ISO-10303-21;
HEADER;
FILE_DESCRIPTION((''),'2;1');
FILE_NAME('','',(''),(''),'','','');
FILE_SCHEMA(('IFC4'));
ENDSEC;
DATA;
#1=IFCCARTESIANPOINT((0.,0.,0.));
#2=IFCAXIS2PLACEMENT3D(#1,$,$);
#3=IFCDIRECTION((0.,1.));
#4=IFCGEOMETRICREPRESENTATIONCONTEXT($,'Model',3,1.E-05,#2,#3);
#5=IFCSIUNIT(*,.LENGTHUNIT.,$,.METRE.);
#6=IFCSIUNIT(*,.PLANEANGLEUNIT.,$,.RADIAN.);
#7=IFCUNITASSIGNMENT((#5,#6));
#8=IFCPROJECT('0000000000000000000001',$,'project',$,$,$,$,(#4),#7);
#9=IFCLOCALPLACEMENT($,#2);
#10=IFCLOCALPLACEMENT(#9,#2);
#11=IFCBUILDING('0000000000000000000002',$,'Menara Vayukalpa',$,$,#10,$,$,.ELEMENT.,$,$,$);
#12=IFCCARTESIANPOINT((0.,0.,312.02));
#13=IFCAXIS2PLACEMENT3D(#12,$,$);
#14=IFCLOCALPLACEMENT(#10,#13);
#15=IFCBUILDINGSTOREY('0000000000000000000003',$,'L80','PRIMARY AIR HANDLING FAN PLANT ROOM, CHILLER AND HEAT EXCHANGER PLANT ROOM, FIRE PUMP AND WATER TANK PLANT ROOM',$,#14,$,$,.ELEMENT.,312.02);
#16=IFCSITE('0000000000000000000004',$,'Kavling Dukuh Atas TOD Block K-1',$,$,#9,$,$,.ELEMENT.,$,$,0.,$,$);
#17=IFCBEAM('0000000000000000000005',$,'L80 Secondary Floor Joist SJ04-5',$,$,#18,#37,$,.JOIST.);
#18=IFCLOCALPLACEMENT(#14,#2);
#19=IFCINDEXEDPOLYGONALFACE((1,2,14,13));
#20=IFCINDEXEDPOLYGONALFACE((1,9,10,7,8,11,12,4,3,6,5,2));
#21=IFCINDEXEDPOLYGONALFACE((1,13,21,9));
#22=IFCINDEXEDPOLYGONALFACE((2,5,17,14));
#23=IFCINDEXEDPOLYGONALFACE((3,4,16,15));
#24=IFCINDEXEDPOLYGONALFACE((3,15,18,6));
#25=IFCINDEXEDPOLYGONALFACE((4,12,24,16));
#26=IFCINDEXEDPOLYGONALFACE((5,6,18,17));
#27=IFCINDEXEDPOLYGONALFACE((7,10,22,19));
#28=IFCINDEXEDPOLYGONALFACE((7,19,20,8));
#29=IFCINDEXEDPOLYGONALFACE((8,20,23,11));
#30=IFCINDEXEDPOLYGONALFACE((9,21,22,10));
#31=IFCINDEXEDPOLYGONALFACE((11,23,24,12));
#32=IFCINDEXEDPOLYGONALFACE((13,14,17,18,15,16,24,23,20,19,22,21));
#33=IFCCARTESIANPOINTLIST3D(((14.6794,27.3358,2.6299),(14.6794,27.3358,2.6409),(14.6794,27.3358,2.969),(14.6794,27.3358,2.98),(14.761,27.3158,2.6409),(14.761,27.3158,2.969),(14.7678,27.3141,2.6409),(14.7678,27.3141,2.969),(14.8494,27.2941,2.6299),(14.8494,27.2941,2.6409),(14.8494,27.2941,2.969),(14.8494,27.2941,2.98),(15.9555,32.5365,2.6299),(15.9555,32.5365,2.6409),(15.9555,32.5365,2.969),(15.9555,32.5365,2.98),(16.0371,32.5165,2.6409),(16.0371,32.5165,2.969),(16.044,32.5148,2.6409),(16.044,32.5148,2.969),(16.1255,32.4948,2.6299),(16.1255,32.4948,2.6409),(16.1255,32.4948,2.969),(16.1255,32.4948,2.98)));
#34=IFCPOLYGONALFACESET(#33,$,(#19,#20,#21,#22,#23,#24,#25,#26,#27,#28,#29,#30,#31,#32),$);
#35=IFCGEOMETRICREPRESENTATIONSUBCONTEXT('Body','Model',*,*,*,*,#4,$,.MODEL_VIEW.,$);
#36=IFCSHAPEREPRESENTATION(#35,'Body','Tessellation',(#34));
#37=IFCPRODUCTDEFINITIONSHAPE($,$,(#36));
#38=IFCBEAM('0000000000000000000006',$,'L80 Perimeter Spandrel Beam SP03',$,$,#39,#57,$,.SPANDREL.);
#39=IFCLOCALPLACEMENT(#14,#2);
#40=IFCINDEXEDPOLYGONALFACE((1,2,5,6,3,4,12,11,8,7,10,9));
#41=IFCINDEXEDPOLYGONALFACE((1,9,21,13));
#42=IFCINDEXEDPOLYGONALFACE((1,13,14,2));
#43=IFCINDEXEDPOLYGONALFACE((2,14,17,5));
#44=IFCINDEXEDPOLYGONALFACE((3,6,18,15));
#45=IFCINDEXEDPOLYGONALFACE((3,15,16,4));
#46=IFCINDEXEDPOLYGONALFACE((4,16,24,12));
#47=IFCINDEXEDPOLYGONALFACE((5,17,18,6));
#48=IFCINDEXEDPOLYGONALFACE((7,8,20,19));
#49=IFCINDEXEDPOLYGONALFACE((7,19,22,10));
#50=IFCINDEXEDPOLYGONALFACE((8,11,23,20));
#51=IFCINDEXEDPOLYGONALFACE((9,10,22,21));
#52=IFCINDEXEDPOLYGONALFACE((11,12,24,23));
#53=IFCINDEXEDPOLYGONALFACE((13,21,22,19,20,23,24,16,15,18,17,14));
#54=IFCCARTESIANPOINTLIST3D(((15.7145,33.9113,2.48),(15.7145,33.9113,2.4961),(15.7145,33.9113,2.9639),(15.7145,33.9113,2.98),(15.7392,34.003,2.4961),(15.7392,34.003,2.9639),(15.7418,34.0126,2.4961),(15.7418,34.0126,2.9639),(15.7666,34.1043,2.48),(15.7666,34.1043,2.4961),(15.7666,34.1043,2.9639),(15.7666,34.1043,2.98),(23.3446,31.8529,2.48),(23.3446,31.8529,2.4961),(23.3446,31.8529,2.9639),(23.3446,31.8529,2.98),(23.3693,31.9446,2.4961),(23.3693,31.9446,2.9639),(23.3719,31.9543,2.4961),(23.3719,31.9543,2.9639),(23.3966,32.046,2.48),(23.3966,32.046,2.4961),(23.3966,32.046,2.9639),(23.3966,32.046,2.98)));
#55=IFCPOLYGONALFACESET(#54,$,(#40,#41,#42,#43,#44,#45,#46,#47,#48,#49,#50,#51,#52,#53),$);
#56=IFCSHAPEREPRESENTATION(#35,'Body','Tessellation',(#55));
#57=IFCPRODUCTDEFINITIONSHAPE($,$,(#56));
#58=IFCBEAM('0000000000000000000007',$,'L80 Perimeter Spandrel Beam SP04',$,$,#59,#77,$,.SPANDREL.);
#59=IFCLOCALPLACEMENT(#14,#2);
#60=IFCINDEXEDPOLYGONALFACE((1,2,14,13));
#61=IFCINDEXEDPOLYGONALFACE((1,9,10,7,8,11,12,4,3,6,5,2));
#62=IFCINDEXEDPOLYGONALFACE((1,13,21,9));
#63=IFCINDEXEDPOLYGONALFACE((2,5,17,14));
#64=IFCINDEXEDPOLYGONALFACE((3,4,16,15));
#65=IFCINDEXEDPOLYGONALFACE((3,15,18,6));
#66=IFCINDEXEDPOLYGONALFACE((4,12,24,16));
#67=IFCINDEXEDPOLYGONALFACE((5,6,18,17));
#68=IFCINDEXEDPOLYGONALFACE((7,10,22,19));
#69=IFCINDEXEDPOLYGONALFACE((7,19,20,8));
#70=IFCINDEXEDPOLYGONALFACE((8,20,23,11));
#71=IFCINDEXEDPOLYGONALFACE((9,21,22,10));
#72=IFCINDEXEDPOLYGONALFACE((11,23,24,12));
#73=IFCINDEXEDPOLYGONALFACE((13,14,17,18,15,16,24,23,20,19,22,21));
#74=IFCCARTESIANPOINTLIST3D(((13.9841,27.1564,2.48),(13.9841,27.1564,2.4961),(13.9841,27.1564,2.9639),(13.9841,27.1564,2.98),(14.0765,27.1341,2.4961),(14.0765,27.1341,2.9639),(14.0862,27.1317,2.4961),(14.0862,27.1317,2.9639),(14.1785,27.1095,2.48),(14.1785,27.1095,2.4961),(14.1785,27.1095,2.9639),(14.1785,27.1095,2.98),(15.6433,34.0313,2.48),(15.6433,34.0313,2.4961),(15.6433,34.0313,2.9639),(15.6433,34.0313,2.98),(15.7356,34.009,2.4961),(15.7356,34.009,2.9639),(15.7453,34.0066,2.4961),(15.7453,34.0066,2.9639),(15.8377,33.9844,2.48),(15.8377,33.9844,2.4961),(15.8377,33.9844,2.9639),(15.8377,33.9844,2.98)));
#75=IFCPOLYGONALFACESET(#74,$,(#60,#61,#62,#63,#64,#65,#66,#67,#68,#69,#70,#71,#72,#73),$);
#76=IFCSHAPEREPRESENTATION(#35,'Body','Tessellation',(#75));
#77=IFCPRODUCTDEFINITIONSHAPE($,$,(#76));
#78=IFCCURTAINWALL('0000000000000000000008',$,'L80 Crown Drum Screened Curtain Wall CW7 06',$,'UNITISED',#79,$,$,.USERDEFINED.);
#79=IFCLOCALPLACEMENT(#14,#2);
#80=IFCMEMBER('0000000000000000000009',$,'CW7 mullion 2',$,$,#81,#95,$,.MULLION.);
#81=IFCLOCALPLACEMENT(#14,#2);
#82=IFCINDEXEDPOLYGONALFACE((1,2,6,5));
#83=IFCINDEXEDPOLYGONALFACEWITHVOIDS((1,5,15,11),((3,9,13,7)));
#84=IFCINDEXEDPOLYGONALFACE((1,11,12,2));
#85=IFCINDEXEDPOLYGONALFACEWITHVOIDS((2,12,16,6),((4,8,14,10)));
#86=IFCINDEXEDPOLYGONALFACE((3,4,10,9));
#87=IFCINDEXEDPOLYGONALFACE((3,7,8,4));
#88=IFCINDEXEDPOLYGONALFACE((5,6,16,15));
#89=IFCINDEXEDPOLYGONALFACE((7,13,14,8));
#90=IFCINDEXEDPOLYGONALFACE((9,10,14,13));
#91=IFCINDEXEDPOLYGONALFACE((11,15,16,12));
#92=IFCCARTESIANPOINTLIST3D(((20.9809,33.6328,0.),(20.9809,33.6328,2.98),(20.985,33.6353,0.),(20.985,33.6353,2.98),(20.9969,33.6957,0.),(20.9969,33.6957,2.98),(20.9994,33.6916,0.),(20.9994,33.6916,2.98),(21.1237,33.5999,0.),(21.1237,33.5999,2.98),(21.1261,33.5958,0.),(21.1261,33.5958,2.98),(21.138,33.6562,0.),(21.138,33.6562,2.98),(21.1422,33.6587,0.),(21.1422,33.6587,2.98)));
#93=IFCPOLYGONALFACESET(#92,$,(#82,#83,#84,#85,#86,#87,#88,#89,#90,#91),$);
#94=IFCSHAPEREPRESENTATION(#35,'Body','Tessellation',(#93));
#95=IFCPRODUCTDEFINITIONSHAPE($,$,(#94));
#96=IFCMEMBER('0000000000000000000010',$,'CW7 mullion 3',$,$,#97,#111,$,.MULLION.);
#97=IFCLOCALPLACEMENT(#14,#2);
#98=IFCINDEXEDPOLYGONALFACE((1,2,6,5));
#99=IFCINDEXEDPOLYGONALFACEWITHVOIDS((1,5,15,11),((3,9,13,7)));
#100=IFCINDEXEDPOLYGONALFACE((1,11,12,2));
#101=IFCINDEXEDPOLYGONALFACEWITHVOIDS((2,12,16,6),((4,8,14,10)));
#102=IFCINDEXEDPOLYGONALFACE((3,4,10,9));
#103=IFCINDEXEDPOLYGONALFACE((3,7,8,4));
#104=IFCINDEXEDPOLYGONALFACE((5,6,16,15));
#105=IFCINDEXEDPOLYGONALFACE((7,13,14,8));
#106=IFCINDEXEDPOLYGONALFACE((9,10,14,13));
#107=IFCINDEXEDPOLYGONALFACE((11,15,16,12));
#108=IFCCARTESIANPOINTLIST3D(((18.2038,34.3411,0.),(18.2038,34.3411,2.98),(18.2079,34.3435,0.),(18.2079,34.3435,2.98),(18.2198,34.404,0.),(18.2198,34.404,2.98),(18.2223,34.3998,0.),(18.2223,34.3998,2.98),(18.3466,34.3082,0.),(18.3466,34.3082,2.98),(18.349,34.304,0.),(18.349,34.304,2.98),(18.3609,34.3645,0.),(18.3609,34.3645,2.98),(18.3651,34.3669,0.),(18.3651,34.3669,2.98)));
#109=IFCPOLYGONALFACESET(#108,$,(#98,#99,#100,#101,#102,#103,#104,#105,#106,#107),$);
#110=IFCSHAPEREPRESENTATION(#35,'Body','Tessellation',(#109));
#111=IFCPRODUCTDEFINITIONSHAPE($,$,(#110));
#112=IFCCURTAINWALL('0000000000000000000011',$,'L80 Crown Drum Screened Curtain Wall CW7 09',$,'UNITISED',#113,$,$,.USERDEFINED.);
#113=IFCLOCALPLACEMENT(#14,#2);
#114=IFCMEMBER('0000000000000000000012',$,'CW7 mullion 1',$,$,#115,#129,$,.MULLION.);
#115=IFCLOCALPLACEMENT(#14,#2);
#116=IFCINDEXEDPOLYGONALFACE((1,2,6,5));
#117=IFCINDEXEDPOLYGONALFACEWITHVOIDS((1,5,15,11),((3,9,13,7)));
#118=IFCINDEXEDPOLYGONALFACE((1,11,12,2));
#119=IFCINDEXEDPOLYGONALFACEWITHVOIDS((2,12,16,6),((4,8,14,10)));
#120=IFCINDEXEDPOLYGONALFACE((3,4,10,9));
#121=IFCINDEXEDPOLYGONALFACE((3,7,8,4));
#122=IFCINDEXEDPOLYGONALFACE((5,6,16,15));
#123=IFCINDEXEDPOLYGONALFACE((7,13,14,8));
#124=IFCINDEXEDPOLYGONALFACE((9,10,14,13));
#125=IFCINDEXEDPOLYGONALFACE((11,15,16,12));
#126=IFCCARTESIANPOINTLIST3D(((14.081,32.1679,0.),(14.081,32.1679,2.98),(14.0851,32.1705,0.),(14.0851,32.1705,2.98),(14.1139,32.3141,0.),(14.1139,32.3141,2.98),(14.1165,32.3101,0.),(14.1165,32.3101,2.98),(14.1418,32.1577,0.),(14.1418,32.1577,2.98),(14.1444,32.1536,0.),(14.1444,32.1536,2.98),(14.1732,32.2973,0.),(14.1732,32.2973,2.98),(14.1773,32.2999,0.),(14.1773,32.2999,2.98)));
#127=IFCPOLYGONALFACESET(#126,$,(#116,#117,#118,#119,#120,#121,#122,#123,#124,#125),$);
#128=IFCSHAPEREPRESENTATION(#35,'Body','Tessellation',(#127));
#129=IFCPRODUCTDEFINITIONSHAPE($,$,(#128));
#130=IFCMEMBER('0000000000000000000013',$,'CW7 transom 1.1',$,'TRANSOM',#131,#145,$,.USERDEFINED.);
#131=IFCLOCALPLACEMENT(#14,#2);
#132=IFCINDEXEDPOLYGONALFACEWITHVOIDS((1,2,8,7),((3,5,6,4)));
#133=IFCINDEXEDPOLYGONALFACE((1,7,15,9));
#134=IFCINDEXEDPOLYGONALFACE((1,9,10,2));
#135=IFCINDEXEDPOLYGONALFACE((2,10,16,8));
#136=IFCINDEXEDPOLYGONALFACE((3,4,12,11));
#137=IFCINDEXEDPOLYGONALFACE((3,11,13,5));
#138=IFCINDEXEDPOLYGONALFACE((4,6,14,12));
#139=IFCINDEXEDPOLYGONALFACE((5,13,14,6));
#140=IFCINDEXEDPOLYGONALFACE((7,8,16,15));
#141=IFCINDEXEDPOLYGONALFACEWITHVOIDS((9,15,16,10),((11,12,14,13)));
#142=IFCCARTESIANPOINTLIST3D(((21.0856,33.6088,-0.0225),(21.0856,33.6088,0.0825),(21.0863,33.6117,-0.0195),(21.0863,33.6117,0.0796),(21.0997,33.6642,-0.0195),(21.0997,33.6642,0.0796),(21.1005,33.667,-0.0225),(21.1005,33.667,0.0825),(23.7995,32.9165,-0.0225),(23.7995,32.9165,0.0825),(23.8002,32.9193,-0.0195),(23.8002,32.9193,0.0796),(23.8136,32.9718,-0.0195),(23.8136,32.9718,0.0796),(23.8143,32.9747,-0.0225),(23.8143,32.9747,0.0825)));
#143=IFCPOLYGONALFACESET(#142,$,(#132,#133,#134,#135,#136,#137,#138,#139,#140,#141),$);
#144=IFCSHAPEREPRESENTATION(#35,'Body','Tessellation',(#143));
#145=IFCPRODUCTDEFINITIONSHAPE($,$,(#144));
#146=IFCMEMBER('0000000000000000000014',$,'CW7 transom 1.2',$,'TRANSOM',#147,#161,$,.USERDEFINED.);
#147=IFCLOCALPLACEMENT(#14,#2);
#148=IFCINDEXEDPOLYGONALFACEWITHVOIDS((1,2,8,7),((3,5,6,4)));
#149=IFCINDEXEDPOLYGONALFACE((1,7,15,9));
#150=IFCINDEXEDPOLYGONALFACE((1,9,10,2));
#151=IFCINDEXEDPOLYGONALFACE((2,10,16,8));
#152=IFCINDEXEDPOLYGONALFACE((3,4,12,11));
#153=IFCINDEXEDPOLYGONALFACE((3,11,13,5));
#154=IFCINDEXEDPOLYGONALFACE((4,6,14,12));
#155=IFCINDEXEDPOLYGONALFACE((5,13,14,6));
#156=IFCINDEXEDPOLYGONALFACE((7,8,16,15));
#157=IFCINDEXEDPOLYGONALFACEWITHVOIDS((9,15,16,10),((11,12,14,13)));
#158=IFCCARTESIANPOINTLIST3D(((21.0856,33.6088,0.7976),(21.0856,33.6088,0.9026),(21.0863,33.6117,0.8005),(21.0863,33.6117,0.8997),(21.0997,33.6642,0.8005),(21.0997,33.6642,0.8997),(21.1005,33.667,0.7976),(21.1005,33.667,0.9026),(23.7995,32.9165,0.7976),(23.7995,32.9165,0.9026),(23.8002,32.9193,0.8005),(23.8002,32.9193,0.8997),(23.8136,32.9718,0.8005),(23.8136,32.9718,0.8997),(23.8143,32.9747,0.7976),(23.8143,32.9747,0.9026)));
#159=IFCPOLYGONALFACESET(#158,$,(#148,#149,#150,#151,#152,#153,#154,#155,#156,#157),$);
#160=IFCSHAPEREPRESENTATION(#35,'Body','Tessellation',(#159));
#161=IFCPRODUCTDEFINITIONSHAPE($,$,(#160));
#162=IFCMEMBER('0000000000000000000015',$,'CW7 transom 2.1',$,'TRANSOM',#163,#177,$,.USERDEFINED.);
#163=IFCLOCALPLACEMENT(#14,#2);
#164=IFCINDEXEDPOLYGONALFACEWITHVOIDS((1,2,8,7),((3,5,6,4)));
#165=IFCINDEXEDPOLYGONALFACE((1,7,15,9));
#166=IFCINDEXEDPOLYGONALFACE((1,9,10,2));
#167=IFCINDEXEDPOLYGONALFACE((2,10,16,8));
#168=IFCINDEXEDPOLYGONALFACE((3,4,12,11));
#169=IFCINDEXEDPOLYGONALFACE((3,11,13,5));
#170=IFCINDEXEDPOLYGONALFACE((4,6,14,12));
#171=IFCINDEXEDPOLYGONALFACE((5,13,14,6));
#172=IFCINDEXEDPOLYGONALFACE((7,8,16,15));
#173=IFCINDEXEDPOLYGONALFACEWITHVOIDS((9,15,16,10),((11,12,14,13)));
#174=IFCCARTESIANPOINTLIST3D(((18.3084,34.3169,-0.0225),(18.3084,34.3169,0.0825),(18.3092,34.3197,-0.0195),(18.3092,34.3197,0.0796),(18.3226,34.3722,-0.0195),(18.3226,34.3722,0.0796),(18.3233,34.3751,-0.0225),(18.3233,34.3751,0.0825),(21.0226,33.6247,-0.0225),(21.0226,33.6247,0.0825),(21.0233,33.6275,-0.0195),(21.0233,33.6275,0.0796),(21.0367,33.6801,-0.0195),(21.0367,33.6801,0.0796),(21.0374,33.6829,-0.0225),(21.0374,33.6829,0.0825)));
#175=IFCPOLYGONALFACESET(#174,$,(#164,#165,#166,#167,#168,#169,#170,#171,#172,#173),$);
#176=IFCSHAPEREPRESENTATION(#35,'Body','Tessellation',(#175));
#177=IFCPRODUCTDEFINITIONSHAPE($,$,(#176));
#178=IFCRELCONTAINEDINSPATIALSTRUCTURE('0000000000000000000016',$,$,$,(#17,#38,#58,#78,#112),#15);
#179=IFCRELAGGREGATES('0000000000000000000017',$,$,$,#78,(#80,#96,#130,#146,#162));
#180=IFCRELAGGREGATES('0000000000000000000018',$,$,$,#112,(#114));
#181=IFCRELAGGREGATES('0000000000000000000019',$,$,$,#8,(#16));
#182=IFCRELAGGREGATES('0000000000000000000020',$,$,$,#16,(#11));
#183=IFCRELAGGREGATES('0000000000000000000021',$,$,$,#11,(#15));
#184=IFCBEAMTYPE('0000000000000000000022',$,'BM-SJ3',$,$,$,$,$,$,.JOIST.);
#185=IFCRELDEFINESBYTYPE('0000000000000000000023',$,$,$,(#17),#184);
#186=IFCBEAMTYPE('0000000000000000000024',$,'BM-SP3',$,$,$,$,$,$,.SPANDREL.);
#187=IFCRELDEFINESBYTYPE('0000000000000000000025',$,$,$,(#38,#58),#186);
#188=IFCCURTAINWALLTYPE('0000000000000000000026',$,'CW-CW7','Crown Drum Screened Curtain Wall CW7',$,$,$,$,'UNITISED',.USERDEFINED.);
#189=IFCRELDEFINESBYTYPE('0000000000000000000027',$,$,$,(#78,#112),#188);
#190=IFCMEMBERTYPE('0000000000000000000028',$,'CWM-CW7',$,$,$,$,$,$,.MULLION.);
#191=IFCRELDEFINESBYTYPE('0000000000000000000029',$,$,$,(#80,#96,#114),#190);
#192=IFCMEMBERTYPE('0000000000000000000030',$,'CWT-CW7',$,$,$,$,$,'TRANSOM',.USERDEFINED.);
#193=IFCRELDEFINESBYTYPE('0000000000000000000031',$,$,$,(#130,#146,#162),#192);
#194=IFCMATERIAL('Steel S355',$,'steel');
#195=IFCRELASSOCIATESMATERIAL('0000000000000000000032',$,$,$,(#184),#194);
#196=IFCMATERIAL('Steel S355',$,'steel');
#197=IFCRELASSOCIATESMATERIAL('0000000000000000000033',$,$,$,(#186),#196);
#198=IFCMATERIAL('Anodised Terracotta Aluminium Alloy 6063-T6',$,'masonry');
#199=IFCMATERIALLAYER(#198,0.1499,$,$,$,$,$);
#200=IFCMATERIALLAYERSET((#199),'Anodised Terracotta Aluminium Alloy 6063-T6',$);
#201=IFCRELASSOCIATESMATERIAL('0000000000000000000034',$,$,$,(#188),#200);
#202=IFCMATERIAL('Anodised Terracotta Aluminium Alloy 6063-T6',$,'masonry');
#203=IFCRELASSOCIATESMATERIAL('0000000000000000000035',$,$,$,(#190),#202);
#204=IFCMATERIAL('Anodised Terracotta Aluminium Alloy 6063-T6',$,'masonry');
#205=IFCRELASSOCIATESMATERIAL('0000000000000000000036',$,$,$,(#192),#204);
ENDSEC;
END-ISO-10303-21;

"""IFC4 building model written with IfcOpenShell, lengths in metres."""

from ifc_helpers import new_model, si_unit, direction, frame, origin, origin_2d, place, context, subcontext, project, spatial, hollow_rectangle, i_section, extrude, material, layer, layer_set, material_profile, profile_set, type_object, element, aggregate, save


model = new_model("IFC4")

# Units and contexts
model_context = context("Model", 3, precision=1e-05, world=origin(), true_north=direction((0.0, 1.0)))
body_context = subcontext(model_context, "Body", "Model", "MODEL_VIEW")
ifc_project = project(units=[si_unit("LENGTHUNIT", "METRE"), si_unit("PLANEANGLEUNIT", "RADIAN")], contexts=[model_context])

# Site, building, storey
site_placement = place(None, origin())
site = spatial("IfcSite", under=ifc_project, at=site_placement, Name="Kavling Dukuh Atas TOD Block K-1", CompositionType="ELEMENT", RefElevation=0.0)
building_placement = place(site_placement, origin())
building = spatial("IfcBuilding", under=site, at=building_placement, Name="Menara Vayukalpa", CompositionType="ELEMENT")
storey_placement = place(building_placement, frame((0.0, 0.0, 312.02)))
storey = spatial("IfcBuildingStorey", under=building, at=storey_placement, Name="L80", Description="PRIMARY AIR HANDLING FAN PLANT ROOM, CHILLER AND HEAT EXCHANGER PLANT ROOM, FIRE PUMP AND WATER TANK PLANT ROOM", CompositionType="ELEMENT", Elevation=312.02)

# Beams
ifc_material_1 = material(Name="Steel S355", Category="steel")
ifc_material_profile_1 = material_profile(ifc_material_1, i_section(OverallWidth=0.175, OverallDepth=0.3501, WebThickness=0.0071, FlangeThickness=0.011, at=origin_2d()), Name="WF 350x175x7x11")
ifc_profile_set_1 = profile_set([ifc_material_profile_1], Name="Steel S355")
beam_type_1 = type_object("IfcBeamType", Name="BM-SJ3", PredefinedType="JOIST", material=ifc_profile_set_1)
beam_1_placement = place(storey_placement, frame((16.0405, 32.5156, 2.8049), z_axis=(-0.238307, -0.97119, 0.0), x_axis=(0.97119, -0.238307, 0.0)))
element("IfcBeam", 1, at=beam_1_placement, inside=storey, type_object=beam_type_1, Name="L80 Secondary Floor Joist SJ04-5", PredefinedType="JOIST", context=body_context, shape_type="SweptSolid", body=[
    extrude(i_section(OverallWidth=0.175, OverallDepth=0.3501, WebThickness=0.0071, FlangeThickness=0.011, at=origin_2d()), origin(), (0.0, 0.0, 1.0), 5.355),
])
ifc_material_2 = material(Name="Steel S355", Category="steel")
ifc_material_profile_2 = material_profile(ifc_material_2, i_section(OverallWidth=0.2, OverallDepth=0.5, WebThickness=0.01, FlangeThickness=0.0161, at=origin_2d()), Name="WF 500x200x10x16")
ifc_profile_set_2 = profile_set([ifc_material_profile_2], Name="Steel S355")
beam_type_2 = type_object("IfcBeamType", Name="BM-SP3", PredefinedType="SPANDREL", material=ifc_profile_set_2)
beam_2_placement = place(storey_placement, frame((23.3706, 31.9495, 2.73), z_axis=(-0.965486, 0.260455, 0.0), x_axis=(-0.260455, -0.965486, 0.0)))
element("IfcBeam", 2, at=beam_2_placement, inside=storey, type_object=beam_type_2, Name="L80 Perimeter Spandrel Beam SP03", PredefinedType="SPANDREL", context=body_context, shape_type="SweptSolid", body=[
    extrude(i_section(OverallWidth=0.2, OverallDepth=0.5, WebThickness=0.01, FlangeThickness=0.0161, at=origin_2d()), origin(), (0.0, 0.0, 1.0), 7.9028),
])
beam_3_placement = place(storey_placement, frame((15.7405, 34.0078, 2.73), z_axis=(-0.2346, -0.972092, 0.0), x_axis=(0.972092, -0.2346, 0.0)))
element("IfcBeam", 3, at=beam_3_placement, inside=storey, type_object=beam_type_2, Name="L80 Perimeter Spandrel Beam SP04", PredefinedType="SPANDREL", context=body_context, shape_type="SweptSolid", body=[
    extrude(i_section(OverallWidth=0.2, OverallDepth=0.5, WebThickness=0.01, FlangeThickness=0.0161, at=origin_2d()), origin(), (0.0, 0.0, 1.0), 7.0723),
])

# Curtain wall, members
ifc_material_3 = material(Name="Anodised Terracotta Aluminium Alloy 6063-T6", Category="masonry")
ifc_layer_1 = layer(ifc_material_3, 0.1499)
ifc_layer_set_1 = layer_set([ifc_layer_1], Name="Anodised Terracotta Aluminium Alloy 6063-T6")
curtain_wall_type = type_object("IfcCurtainWallType", Name="CW-CW7", Description="Crown Drum Screened Curtain Wall CW7", ElementType="UNITISED", PredefinedType="USERDEFINED", material=ifc_layer_set_1)
curtain_wall_1_placement = place(storey_placement, origin())
curtain_wall_1 = element("IfcCurtainWall", 4, at=curtain_wall_1_placement, inside=storey, type_object=curtain_wall_type, Name="L80 Crown Drum Screened Curtain Wall CW7 06", ObjectType="UNITISED", PredefinedType="USERDEFINED")
ifc_material_4 = material(Name="Anodised Terracotta Aluminium Alloy 6063-T6", Category="masonry")
ifc_material_profile_3 = material_profile(ifc_material_4, hollow_rectangle(XDim=0.0649, YDim=0.1499, WallThickness=0.0034, at=origin_2d()), Name="ALU 65x150x3.5")
ifc_profile_set_3 = profile_set([ifc_material_profile_3], Name="Anodised Terracotta Aluminium Alloy 6063-T6")
member_type_1 = type_object("IfcMemberType", Name="CWM-CW7", PredefinedType="MULLION", material=ifc_profile_set_3)
member_1_placement = place(storey_placement, frame((21.0615, 33.6458, 0.0), z_axis=(0.0, 0.0, 1.0), x_axis=(-0.247124, -0.968984, 0.0)))
member_1 = element("IfcMember", 5, at=member_1_placement, type_object=member_type_1, Name="CW7 mullion 2", PredefinedType="MULLION", context=body_context, shape_type="SweptSolid", body=[
    extrude(hollow_rectangle(XDim=0.0649, YDim=0.1499, WallThickness=0.0034, at=origin_2d()), origin(), (0.0, 0.0, 1.0), 2.98),
])
member_2_placement = place(storey_placement, frame((18.2844, 34.354, 0.0), z_axis=(0.0, 0.0, 1.0), x_axis=(-0.247124, -0.968984, 0.0)))
member_2 = element("IfcMember", 6, at=member_2_placement, type_object=member_type_1, Name="CW7 mullion 3", PredefinedType="MULLION", context=body_context, shape_type="SweptSolid", body=[
    extrude(hollow_rectangle(XDim=0.0649, YDim=0.1499, WallThickness=0.0034, at=origin_2d()), origin(), (0.0, 0.0, 1.0), 2.98),
])

# Curtain wall, member
curtain_wall_2_placement = place(storey_placement, origin())
curtain_wall_2 = element("IfcCurtainWall", 7, at=curtain_wall_2_placement, inside=storey, type_object=curtain_wall_type, Name="L80 Crown Drum Screened Curtain Wall CW7 09", ObjectType="UNITISED", PredefinedType="USERDEFINED")
member_3_placement = place(storey_placement, frame((14.1292, 32.2339, 0.0), z_axis=(0.0, 0.0, 1.0), x_axis=(0.975609, -0.219516, 0.0)))
member_3 = element("IfcMember", 8, at=member_3_placement, type_object=member_type_1, Name="CW7 mullion 1", PredefinedType="MULLION", context=body_context, shape_type="SweptSolid", body=[
    extrude(hollow_rectangle(XDim=0.0649, YDim=0.1499, WallThickness=0.0034, at=origin_2d()), origin(), (0.0, 0.0, 1.0), 2.98),
])

# Members
ifc_material_5 = material(Name="Anodised Terracotta Aluminium Alloy 6063-T6", Category="masonry")
ifc_material_profile_4 = material_profile(ifc_material_5, hollow_rectangle(XDim=0.0601, YDim=0.105, WallThickness=0.0029, at=origin_2d()), Name="ALU 60x105x3")
ifc_profile_set_4 = profile_set([ifc_material_profile_4], Name="Anodised Terracotta Aluminium Alloy 6063-T6")
member_type_2 = type_object("IfcMemberType", Name="CWT-CW7", ElementType="TRANSOM", PredefinedType="USERDEFINED", material=ifc_profile_set_4)
member_4_placement = place(storey_placement, frame((23.8069, 32.9456, 0.03), z_axis=(-0.968962, 0.247209, 0.0), x_axis=(-0.247209, -0.968962, 0.0)))
member_4 = element("IfcMember", 9, at=member_4_placement, type_object=member_type_2, Name="CW7 transom 1.1", ObjectType="TRANSOM", PredefinedType="USERDEFINED", context=body_context, shape_type="SweptSolid", body=[
    extrude(hollow_rectangle(XDim=0.0601, YDim=0.105, WallThickness=0.0029, at=origin_2d()), origin(), (0.0, 0.0, 1.0), 2.8008),
])
member_5_placement = place(storey_placement, frame((23.8069, 32.9456, 0.8501), z_axis=(-0.968962, 0.247209, 0.0), x_axis=(-0.247209, -0.968962, 0.0)))
member_5 = element("IfcMember", 10, at=member_5_placement, type_object=member_type_2, Name="CW7 transom 1.2", ObjectType="TRANSOM", PredefinedType="USERDEFINED", context=body_context, shape_type="SweptSolid", body=[
    extrude(hollow_rectangle(XDim=0.0601, YDim=0.105, WallThickness=0.0029, at=origin_2d()), origin(), (0.0, 0.0, 1.0), 2.8008),
])
member_6_placement = place(storey_placement, frame((21.03, 33.6538, 0.03), z_axis=(-0.968988, 0.247106, 0.0), x_axis=(-0.247106, -0.968988, 0.0)))
member_6 = element("IfcMember", 11, at=member_6_placement, type_object=member_type_2, Name="CW7 transom 2.1", ObjectType="TRANSOM", PredefinedType="USERDEFINED", context=body_context, shape_type="SweptSolid", body=[
    extrude(hollow_rectangle(XDim=0.0601, YDim=0.105, WallThickness=0.0029, at=origin_2d()), origin(), (0.0, 0.0, 1.0), 2.801),
])

aggregate(curtain_wall_1, [member_1, member_2, member_4, member_5, member_6])
aggregate(curtain_wall_2, [member_3])

save(model, "model.ifc")
